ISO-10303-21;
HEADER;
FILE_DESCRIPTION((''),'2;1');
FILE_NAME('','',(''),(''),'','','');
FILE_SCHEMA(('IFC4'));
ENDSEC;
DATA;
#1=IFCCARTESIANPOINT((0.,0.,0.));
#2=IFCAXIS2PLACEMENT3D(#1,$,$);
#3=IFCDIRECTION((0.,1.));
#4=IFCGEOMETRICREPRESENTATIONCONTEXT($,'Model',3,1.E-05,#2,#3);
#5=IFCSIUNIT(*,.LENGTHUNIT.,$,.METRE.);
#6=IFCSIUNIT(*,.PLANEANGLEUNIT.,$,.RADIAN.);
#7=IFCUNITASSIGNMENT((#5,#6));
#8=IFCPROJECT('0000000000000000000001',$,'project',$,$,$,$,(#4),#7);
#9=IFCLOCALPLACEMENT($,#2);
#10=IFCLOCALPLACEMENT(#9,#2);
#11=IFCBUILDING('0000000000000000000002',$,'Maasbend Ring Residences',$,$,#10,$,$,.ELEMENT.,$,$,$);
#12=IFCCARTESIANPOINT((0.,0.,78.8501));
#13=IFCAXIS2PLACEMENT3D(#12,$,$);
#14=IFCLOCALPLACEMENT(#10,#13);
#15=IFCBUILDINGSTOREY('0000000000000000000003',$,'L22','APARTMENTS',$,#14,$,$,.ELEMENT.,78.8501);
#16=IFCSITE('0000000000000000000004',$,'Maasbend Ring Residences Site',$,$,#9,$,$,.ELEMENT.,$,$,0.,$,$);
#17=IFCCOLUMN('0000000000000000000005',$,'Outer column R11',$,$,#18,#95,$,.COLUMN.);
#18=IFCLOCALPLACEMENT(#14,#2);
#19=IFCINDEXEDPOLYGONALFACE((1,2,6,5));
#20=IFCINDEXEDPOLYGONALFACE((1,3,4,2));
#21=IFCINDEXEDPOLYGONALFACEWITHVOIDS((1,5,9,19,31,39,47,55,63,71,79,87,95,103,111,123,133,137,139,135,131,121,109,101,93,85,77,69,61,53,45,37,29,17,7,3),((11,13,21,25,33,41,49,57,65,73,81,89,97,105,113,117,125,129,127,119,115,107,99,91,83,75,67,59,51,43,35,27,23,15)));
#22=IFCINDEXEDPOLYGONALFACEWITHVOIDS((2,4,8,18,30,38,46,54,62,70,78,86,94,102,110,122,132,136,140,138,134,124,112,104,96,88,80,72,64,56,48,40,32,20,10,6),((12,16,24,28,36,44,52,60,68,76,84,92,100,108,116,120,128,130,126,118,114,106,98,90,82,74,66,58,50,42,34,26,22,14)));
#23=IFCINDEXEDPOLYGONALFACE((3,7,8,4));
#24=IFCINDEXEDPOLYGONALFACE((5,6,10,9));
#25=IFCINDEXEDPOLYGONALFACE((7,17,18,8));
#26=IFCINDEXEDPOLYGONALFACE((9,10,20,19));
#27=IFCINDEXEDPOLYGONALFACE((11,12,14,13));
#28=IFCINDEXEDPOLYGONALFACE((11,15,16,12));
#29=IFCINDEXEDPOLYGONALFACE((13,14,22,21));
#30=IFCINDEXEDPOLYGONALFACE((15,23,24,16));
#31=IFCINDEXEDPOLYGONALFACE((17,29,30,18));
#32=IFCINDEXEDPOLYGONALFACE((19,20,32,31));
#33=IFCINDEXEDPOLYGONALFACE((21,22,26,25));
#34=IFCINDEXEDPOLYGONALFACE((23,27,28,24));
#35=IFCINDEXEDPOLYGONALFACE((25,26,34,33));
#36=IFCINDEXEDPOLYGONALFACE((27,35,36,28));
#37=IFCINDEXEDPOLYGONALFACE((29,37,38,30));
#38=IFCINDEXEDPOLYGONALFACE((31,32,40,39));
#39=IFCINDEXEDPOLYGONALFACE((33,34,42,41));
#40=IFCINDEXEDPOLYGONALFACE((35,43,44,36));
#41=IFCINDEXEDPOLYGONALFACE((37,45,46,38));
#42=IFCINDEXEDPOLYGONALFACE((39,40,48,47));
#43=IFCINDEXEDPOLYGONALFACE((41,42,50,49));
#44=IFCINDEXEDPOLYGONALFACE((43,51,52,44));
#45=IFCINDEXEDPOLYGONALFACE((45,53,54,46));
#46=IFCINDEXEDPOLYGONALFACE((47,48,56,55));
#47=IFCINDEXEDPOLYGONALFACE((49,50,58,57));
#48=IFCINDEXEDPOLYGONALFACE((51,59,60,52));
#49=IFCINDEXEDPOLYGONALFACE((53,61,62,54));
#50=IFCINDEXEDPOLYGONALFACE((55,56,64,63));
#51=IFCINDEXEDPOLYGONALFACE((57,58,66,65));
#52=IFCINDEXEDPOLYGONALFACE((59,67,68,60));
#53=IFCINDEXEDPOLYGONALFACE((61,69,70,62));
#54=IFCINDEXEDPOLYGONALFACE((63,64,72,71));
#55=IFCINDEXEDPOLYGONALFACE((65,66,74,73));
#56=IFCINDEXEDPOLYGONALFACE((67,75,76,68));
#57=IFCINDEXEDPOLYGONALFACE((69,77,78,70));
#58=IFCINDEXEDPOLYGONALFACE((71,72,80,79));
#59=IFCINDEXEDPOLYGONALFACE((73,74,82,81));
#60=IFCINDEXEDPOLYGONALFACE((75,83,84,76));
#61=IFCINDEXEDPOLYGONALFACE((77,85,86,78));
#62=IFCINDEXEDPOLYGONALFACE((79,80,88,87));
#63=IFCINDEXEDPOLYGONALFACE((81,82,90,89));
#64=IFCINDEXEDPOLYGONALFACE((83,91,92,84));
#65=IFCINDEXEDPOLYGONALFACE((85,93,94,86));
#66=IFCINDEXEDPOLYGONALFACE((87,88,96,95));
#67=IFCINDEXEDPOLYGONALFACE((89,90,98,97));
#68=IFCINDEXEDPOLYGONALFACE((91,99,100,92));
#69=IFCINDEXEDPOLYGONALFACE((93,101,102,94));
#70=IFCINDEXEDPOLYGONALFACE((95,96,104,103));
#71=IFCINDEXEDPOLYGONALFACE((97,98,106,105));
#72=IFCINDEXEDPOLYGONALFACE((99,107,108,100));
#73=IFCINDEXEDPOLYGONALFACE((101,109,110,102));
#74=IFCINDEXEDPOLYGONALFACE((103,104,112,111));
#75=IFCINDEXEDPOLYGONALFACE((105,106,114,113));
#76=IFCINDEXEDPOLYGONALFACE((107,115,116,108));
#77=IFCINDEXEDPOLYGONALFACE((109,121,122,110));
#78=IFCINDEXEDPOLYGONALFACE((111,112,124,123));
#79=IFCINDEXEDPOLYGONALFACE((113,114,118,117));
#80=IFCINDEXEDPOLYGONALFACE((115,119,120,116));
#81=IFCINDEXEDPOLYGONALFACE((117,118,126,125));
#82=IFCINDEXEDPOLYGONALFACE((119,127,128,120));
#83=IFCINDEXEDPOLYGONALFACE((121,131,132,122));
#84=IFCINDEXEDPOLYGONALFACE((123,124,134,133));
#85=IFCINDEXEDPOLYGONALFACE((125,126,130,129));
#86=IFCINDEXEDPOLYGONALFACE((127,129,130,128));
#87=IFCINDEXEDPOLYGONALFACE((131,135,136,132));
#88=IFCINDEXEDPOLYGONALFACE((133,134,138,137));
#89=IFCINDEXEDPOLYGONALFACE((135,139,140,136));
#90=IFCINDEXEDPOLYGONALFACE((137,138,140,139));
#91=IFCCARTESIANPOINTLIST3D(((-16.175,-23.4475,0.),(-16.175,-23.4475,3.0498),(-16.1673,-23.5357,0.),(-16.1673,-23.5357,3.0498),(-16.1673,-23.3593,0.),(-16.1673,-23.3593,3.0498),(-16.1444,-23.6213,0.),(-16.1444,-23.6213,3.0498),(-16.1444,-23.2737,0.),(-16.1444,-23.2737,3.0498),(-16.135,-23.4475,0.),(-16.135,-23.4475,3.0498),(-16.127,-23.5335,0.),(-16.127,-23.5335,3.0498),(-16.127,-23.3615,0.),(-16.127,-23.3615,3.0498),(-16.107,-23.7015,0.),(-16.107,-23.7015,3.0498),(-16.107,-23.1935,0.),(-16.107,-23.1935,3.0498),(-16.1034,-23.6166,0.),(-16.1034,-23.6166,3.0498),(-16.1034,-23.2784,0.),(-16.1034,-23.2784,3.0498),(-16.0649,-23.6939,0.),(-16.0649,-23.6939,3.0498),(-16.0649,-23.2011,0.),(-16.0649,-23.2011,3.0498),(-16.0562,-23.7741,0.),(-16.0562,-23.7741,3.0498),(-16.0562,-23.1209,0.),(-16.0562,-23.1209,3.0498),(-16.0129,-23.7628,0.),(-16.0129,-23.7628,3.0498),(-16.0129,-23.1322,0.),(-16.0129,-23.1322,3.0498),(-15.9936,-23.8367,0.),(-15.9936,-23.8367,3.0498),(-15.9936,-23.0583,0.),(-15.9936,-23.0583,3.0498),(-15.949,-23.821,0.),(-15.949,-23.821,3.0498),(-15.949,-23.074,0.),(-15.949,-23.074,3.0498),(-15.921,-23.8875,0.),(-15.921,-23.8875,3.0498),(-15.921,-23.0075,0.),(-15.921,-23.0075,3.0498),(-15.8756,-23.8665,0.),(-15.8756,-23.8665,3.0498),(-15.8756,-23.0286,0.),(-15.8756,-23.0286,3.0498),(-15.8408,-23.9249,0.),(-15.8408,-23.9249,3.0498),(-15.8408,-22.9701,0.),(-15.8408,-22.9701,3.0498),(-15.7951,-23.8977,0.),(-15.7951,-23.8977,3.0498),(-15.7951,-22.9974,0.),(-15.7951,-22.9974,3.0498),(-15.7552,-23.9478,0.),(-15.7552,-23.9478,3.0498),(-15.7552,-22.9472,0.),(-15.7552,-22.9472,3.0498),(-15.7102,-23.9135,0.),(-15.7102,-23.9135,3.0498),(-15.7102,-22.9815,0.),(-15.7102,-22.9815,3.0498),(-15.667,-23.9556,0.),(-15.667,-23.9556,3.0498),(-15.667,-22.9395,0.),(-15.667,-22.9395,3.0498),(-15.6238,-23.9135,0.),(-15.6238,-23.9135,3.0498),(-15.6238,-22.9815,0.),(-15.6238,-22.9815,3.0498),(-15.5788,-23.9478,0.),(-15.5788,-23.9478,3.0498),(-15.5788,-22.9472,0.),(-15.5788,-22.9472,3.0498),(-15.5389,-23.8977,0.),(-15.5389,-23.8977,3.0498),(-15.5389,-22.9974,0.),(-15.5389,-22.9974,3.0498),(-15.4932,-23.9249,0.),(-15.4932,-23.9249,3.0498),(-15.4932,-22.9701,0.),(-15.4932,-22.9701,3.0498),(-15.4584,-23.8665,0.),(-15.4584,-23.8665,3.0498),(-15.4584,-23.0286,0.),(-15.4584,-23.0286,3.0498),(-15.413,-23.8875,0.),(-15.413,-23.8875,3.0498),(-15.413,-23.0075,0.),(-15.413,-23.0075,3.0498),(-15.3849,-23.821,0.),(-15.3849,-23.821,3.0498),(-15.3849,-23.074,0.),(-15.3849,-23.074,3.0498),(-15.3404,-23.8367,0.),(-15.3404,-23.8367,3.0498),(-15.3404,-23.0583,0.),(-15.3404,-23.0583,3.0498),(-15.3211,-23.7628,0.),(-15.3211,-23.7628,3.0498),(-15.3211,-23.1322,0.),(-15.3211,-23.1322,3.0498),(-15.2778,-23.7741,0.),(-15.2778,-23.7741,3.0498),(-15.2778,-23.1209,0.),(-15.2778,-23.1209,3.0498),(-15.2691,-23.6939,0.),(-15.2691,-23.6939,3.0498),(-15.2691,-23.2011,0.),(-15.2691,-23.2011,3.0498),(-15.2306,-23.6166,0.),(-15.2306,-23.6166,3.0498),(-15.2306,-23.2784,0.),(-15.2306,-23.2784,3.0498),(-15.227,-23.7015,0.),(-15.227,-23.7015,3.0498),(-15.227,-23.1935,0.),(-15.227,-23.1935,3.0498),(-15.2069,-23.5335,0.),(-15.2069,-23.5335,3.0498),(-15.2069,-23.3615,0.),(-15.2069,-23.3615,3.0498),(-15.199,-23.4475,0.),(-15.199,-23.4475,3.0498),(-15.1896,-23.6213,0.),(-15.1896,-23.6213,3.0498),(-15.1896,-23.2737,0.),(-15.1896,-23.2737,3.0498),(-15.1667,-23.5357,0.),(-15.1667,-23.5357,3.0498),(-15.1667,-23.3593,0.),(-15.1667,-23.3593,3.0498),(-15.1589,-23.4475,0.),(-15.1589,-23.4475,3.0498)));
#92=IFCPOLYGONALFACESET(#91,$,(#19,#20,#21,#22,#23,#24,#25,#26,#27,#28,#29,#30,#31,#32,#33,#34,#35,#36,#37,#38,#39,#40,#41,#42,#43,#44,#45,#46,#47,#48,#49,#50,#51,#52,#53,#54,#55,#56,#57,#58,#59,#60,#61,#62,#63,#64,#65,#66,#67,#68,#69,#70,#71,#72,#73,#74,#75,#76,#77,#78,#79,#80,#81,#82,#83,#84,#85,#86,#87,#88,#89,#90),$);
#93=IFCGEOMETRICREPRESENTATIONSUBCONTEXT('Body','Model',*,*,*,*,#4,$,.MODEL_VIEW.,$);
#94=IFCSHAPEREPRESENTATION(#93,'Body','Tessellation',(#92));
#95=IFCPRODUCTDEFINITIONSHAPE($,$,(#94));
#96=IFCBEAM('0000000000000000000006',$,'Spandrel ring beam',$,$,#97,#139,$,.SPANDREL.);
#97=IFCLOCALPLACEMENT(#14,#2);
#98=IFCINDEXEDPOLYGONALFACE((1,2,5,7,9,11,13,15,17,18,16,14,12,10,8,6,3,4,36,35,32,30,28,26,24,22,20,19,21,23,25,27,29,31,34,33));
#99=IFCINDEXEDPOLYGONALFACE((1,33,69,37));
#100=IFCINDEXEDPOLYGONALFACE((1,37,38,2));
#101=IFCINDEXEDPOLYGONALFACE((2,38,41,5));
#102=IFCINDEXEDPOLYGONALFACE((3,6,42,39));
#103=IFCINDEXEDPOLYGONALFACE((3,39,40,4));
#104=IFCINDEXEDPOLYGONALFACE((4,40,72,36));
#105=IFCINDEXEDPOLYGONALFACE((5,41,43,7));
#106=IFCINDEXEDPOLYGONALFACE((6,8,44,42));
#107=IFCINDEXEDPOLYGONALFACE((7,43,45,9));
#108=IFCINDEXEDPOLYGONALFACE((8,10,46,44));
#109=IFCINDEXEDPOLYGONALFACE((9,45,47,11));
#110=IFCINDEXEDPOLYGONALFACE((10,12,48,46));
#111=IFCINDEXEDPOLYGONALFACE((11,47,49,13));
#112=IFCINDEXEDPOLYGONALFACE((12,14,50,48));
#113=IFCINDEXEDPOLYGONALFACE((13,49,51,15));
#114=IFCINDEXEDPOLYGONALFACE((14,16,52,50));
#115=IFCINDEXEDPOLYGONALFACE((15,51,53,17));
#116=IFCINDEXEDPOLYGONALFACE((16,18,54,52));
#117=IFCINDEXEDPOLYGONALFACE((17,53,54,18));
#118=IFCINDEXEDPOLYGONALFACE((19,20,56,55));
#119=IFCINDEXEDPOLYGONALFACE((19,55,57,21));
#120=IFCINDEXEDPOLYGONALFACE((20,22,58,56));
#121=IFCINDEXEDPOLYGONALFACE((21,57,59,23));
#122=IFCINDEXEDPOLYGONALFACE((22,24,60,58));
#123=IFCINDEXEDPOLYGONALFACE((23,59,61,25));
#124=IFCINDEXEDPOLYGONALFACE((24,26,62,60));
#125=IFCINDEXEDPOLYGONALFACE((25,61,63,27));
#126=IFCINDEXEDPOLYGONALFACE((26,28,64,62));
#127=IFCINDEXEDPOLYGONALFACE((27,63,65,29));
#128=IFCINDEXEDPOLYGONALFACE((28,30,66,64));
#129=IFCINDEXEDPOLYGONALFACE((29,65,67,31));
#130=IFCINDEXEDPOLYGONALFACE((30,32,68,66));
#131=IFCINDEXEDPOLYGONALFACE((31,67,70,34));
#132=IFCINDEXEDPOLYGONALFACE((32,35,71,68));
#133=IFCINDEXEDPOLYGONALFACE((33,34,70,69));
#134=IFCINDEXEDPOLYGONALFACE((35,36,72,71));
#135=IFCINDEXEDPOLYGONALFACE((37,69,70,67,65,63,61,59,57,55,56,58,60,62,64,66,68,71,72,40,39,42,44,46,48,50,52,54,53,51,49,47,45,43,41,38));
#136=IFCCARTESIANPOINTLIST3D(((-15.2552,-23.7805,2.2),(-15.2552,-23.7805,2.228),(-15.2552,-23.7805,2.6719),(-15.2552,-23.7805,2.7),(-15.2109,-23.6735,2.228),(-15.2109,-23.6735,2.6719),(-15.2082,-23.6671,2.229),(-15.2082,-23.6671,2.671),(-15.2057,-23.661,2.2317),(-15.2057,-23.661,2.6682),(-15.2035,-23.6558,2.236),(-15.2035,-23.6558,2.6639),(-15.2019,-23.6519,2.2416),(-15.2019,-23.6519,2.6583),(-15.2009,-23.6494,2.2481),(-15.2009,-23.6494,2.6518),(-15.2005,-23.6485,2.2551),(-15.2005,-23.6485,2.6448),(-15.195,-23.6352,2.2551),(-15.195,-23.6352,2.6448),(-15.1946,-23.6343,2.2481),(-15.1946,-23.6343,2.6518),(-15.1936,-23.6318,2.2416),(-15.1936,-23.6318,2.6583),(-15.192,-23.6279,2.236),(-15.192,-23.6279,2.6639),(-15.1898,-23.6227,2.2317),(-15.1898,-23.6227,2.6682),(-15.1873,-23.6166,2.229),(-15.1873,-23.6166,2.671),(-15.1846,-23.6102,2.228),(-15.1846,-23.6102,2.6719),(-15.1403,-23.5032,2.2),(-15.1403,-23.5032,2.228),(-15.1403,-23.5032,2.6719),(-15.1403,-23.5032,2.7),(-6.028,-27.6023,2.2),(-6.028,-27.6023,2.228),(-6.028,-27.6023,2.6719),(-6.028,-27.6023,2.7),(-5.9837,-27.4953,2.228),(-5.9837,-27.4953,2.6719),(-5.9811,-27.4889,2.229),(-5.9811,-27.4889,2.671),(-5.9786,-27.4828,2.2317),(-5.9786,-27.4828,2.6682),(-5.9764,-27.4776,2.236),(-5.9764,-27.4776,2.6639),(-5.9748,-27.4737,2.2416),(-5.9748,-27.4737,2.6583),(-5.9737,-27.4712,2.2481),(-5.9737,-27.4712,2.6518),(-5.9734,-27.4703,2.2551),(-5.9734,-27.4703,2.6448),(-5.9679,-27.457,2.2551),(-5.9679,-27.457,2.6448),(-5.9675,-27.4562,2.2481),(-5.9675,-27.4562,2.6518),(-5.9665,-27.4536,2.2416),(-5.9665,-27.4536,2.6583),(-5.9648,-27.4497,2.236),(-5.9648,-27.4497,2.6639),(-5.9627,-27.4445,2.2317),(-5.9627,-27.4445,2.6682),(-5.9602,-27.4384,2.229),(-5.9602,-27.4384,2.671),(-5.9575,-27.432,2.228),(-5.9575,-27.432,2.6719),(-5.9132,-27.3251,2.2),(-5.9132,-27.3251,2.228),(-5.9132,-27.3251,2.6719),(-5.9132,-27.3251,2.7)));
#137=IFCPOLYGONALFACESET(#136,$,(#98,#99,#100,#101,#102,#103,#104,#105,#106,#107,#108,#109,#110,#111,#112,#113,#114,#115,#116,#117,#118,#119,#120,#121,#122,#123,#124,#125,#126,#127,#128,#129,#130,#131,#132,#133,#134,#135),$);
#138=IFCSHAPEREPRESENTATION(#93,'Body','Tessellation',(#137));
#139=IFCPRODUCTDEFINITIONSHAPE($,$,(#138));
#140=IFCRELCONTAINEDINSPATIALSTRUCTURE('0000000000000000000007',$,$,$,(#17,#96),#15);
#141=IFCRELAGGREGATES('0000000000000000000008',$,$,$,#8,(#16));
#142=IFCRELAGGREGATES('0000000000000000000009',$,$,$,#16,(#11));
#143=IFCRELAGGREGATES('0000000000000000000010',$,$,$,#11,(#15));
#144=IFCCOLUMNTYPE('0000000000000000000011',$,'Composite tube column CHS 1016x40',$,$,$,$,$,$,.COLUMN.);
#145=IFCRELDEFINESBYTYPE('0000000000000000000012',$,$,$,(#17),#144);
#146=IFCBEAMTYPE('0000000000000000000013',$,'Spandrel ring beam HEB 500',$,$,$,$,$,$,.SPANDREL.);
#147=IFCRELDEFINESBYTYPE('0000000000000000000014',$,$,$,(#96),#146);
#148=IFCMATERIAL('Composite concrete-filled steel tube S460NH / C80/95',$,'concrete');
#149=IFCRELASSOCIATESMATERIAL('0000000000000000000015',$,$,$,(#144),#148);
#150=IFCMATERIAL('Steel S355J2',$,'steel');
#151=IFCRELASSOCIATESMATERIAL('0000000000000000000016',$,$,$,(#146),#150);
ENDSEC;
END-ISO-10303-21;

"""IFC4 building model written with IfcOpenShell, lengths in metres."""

from ifc_helpers import new_model, si_unit, direction, frame, origin, origin_2d, place, context, subcontext, project, spatial, hollow_circle, i_section, extrude, material, material_profile, profile_set, type_object, element, save


model = new_model("IFC4")

# Units and contexts
model_context = context("Model", 3, precision=1e-05, world=origin(), true_north=direction((0.0, 1.0)))
body_context = subcontext(model_context, "Body", "Model", "MODEL_VIEW")
ifc_project = project(units=[si_unit("LENGTHUNIT", "METRE"), si_unit("PLANEANGLEUNIT", "RADIAN")], contexts=[model_context])

# Site, building, storey
site_placement = place(None, origin())
site = spatial("IfcSite", under=ifc_project, at=site_placement, Name="Maasbend Ring Residences Site", CompositionType="ELEMENT", RefElevation=0.0)
building_placement = place(site_placement, origin())
building = spatial("IfcBuilding", under=site, at=building_placement, Name="Maasbend Ring Residences", CompositionType="ELEMENT")
storey_placement = place(building_placement, frame((0.0, 0.0, 78.8501)))
storey = spatial("IfcBuildingStorey", under=building, at=storey_placement, Name="L22", Description="APARTMENTS", CompositionType="ELEMENT", Elevation=78.8501)

# Column
ifc_material_1 = material(Name="Composite concrete-filled steel tube S460NH / C80/95", Category="concrete")
ifc_material_profile_1 = material_profile(ifc_material_1, hollow_circle(Radius=0.5081, WallThickness=0.04, at=origin_2d()), Name="Composite tube column CHS 1016x40")
ifc_profile_set_1 = profile_set([ifc_material_profile_1], Name="Composite concrete-filled steel tube S460NH / C80/95")
column_type = type_object("IfcColumnType", Name="Composite tube column CHS 1016x40", PredefinedType="COLUMN", material=ifc_profile_set_1)
column_placement = place(storey_placement, frame((-15.667, -23.4475, 0.0), z_axis=(0.0, 0.0, 1.0), x_axis=(1.0, 0.0, 0.0)))
element("IfcColumn", 1, at=column_placement, inside=storey, type_object=column_type, Name="Outer column R11", PredefinedType="COLUMN", context=body_context, shape_type="SweptSolid", body=[
    extrude(hollow_circle(Radius=0.5081, WallThickness=0.04, at=origin_2d()), origin(), (0.0, 0.0, 1.0), 3.0498),
])

# Beam
ifc_material_2 = material(Name="Steel S355J2", Category="steel")
ifc_material_profile_2 = material_profile(ifc_material_2, i_section(OverallWidth=0.3, OverallDepth=0.5, WebThickness=0.0144, FlangeThickness=0.0281, FilletRadius=0.0271, at=origin_2d()), Name="HEB 500")
ifc_profile_set_2 = profile_set([ifc_material_profile_2], Name="Steel S355J2")
beam_type = type_object("IfcBeamType", Name="Spandrel ring beam HEB 500", PredefinedType="SPANDREL", material=ifc_profile_set_2)
beam_placement = place(storey_placement, frame((-15.1978, -23.6418, 2.45), z_axis=(0.923886, -0.382667, 0.0), x_axis=(0.382667, 0.923886, 0.0)))
element("IfcBeam", 2, at=beam_placement, inside=storey, type_object=beam_type, Name="Spandrel ring beam", PredefinedType="SPANDREL", context=body_context, shape_type="SweptSolid", body=[
    extrude(i_section(OverallWidth=0.3, OverallDepth=0.5, WebThickness=0.0144, FlangeThickness=0.0281, FilletRadius=0.0271, at=origin_2d()), origin(), (0.0, 0.0, 1.0), 9.9873),
])

save(model, "model.ifc")
